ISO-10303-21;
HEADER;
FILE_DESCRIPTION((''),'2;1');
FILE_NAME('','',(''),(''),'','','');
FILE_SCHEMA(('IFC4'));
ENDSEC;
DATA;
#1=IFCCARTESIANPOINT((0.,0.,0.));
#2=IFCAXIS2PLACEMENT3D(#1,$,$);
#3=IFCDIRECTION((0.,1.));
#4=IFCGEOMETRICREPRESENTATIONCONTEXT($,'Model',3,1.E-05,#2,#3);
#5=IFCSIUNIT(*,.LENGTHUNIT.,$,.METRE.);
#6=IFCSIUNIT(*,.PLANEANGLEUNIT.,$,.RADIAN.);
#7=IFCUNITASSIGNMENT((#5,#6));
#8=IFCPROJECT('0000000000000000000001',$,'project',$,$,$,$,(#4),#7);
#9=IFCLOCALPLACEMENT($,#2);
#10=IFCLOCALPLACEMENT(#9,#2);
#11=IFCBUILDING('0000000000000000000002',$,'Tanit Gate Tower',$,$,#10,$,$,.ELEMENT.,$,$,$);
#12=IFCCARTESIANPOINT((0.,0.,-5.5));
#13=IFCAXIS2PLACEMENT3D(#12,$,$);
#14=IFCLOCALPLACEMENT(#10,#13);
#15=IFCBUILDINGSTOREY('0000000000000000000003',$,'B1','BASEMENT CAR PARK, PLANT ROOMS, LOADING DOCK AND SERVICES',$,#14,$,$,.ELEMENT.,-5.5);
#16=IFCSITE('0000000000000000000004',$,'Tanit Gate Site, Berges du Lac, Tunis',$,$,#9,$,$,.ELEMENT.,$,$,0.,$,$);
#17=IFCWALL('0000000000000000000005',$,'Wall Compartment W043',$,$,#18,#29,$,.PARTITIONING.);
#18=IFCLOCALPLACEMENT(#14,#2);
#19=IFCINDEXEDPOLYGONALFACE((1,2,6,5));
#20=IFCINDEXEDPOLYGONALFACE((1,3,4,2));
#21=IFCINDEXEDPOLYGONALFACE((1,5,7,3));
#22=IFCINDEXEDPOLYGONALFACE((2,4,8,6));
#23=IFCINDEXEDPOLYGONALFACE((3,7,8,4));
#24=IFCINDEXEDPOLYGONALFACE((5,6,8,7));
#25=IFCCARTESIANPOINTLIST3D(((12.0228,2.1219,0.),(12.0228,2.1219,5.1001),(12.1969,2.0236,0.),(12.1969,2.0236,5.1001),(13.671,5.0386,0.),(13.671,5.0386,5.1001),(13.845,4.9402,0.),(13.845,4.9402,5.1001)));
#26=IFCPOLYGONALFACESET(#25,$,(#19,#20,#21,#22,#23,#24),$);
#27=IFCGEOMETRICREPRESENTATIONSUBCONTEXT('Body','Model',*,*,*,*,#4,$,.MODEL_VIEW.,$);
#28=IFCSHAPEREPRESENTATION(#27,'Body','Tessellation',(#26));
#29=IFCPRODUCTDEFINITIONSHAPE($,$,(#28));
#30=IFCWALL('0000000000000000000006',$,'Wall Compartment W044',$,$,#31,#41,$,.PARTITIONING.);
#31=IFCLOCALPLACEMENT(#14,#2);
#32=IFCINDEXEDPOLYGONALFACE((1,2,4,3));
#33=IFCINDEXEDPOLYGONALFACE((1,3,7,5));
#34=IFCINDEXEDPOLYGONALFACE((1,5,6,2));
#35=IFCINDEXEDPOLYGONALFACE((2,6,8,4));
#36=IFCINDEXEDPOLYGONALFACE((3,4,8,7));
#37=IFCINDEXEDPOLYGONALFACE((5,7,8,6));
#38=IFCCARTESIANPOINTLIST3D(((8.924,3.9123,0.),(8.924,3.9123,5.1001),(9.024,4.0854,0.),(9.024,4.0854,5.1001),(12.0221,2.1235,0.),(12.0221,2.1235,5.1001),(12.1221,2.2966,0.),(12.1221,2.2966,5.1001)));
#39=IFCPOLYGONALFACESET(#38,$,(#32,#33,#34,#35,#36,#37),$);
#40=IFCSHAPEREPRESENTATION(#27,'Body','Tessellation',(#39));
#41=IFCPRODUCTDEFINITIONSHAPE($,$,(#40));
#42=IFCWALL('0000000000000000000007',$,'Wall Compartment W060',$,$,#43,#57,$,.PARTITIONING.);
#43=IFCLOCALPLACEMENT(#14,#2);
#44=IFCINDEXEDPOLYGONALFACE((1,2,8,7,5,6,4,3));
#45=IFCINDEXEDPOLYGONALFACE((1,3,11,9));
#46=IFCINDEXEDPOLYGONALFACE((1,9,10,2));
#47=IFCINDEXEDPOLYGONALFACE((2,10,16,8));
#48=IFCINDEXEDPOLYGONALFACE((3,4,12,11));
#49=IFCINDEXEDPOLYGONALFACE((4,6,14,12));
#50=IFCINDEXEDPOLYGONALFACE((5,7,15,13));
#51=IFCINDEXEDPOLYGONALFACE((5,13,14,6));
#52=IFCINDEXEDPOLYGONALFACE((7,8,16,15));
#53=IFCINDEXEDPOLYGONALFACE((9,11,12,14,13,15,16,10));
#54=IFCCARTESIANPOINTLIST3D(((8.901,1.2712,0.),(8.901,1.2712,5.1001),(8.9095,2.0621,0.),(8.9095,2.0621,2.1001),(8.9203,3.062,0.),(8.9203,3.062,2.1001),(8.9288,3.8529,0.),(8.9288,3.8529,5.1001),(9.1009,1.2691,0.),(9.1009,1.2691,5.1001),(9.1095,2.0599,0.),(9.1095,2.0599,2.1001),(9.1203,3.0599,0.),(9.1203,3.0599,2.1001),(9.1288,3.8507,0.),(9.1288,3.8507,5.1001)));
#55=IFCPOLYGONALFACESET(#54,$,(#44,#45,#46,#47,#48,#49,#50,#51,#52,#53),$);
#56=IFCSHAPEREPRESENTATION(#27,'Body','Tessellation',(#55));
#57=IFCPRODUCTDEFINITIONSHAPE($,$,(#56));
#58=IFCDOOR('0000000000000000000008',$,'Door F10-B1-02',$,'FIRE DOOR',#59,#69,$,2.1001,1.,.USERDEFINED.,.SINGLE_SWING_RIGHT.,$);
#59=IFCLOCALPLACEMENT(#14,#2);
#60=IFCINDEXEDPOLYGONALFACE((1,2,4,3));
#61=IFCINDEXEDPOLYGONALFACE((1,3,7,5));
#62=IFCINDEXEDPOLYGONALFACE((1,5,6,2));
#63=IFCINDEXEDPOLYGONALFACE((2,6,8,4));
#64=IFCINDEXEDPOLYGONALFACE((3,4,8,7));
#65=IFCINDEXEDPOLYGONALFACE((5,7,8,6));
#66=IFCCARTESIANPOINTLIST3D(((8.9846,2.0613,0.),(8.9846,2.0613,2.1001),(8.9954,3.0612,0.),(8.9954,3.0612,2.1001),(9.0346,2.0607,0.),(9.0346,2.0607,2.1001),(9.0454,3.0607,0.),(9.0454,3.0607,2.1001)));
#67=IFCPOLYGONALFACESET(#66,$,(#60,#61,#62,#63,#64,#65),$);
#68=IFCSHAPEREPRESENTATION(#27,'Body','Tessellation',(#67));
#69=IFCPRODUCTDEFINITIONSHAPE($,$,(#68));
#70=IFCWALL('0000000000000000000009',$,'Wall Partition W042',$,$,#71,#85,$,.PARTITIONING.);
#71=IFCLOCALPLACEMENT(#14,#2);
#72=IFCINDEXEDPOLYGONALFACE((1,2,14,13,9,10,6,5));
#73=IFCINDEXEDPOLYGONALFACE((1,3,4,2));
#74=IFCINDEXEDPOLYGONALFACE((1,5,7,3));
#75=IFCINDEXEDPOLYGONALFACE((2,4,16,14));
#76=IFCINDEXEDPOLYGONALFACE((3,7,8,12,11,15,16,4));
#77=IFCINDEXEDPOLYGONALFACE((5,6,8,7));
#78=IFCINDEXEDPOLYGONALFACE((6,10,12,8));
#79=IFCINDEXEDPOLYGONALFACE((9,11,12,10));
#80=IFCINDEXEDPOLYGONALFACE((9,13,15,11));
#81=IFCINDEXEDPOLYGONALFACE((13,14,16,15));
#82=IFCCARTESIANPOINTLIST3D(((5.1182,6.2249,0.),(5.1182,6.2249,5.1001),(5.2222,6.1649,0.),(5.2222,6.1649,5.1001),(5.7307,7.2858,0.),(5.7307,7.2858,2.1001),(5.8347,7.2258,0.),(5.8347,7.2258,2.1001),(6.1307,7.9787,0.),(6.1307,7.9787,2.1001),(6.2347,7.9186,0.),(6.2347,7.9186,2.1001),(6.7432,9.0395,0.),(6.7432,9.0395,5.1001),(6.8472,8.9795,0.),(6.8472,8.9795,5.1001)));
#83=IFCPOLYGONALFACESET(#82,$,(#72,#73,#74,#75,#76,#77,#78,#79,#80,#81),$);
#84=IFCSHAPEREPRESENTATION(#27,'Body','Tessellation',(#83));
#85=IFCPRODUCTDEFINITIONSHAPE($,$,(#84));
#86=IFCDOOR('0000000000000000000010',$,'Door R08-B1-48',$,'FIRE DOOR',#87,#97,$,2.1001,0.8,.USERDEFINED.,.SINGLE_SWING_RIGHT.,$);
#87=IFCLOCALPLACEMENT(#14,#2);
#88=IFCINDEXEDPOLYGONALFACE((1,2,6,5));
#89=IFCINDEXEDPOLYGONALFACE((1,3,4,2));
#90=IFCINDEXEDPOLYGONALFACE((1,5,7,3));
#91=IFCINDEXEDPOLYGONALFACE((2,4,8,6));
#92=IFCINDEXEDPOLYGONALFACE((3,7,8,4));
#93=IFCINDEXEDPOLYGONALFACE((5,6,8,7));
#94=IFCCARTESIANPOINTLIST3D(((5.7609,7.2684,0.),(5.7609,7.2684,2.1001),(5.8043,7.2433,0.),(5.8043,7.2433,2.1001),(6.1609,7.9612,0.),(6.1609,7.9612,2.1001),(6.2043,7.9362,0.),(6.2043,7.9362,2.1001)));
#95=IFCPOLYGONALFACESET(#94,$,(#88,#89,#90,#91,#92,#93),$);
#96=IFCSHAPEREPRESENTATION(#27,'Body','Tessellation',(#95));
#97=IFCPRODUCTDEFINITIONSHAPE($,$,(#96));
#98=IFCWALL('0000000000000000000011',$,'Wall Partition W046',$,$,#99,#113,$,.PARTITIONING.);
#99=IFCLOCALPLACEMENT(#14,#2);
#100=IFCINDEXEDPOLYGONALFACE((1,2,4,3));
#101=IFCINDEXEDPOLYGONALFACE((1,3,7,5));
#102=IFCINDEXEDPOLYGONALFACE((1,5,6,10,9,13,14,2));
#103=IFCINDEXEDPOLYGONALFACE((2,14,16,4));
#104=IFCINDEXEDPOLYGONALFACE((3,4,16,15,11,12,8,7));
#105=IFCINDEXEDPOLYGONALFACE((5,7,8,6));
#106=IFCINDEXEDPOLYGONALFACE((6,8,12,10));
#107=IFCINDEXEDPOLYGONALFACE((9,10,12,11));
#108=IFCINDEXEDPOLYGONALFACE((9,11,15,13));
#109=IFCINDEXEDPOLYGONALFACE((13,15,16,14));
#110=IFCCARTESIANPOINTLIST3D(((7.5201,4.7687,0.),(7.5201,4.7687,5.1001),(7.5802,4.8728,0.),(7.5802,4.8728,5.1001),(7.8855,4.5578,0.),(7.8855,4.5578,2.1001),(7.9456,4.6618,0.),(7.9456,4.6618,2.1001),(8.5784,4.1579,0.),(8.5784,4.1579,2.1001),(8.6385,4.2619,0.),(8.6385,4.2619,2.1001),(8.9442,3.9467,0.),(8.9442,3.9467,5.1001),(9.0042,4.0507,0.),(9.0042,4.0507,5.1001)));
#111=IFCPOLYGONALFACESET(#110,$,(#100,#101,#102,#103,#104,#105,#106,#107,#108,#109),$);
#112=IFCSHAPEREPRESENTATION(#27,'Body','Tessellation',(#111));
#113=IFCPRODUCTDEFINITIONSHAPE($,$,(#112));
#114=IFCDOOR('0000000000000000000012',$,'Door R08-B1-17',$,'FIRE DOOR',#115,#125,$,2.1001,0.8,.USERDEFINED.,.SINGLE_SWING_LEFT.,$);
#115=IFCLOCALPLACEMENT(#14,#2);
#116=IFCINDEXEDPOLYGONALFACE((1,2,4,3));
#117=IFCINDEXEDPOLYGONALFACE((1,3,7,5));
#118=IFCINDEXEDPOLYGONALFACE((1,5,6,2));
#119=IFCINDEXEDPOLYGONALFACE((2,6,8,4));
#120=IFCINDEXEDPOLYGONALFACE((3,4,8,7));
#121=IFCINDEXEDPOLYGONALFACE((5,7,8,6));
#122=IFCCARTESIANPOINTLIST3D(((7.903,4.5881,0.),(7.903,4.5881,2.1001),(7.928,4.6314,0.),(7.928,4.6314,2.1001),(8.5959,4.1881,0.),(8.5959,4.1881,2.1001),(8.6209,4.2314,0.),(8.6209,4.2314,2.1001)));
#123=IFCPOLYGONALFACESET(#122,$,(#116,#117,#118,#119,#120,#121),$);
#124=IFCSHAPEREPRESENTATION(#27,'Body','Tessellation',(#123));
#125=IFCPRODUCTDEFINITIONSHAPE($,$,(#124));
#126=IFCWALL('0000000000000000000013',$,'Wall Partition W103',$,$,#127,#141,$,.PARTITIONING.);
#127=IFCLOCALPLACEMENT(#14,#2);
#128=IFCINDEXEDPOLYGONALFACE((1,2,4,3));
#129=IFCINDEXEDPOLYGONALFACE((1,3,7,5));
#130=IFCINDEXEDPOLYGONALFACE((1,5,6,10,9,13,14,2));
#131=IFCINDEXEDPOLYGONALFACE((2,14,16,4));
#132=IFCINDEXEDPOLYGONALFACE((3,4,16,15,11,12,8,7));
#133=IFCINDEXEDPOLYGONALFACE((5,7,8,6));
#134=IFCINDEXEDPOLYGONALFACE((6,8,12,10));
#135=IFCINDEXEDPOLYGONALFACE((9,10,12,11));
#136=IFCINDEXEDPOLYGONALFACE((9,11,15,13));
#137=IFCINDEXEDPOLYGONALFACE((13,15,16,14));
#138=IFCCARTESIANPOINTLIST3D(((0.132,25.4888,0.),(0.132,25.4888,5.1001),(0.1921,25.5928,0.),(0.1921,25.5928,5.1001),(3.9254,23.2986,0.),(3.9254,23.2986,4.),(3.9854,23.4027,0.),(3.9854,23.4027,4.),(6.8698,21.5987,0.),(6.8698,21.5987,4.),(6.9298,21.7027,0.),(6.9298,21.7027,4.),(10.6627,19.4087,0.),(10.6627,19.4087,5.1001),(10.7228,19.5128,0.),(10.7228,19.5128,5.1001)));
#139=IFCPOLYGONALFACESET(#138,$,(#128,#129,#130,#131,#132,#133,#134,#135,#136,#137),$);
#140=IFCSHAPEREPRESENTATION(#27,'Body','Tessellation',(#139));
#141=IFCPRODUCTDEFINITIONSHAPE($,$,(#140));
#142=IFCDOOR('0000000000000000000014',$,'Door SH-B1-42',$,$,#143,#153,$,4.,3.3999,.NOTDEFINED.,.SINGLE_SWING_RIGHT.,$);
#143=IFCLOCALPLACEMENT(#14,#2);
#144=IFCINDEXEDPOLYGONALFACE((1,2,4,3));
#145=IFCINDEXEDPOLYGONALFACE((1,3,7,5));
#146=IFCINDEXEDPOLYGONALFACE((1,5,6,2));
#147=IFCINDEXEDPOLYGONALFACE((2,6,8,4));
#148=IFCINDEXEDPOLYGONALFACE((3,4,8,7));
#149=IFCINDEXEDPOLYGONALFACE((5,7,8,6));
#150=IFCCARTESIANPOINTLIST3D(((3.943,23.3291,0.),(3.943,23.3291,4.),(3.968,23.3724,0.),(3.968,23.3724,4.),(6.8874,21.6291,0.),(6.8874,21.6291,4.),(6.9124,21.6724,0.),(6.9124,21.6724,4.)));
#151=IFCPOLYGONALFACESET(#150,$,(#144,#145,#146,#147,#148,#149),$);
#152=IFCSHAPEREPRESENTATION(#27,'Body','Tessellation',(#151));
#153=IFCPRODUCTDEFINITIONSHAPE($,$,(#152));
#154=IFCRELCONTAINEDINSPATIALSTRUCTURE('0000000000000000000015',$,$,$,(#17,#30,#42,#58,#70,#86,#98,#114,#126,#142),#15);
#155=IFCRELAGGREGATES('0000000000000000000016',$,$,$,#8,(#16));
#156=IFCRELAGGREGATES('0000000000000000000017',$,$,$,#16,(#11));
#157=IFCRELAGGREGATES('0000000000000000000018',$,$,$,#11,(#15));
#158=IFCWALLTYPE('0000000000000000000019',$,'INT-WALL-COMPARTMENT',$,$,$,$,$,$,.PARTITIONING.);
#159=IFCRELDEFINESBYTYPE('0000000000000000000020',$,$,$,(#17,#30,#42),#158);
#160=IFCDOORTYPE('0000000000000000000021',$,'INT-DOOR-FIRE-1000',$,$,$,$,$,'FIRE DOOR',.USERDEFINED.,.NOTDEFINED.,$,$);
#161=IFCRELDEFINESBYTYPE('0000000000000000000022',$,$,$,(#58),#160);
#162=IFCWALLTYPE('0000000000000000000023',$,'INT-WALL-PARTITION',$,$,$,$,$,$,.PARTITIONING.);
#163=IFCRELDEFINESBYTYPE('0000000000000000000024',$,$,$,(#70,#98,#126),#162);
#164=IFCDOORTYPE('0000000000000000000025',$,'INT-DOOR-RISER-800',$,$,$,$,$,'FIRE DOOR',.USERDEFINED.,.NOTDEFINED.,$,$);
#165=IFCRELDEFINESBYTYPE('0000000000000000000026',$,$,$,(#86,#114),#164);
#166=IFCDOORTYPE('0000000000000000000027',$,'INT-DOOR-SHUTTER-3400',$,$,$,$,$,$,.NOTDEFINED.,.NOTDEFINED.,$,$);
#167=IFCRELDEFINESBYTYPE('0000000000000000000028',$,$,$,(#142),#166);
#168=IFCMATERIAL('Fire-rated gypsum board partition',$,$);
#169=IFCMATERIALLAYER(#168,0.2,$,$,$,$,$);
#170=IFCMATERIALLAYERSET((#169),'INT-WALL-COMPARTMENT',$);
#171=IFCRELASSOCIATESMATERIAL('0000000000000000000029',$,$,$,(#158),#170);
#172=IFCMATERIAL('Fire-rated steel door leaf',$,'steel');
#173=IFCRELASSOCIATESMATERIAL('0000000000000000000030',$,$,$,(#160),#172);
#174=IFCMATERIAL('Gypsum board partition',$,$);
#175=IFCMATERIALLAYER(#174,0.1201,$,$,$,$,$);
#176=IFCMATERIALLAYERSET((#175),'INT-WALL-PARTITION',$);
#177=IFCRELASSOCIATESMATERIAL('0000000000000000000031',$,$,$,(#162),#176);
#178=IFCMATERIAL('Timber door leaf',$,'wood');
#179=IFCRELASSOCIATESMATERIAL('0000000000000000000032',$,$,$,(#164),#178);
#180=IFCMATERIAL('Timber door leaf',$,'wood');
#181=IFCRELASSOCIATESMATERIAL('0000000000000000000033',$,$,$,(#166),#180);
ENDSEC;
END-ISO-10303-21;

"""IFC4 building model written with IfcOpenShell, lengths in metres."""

from ifc_helpers import new_model, si_unit, direction, frame, frame_2d, origin, place, context, subcontext, project, spatial, rectangle, extrude, material, layer, layer_set, type_object, element, fill, save


model = new_model("IFC4")

# Units and contexts
model_context = context("Model", 3, precision=1e-05, world=origin(), true_north=direction((0.0, 1.0)))
body_context = subcontext(model_context, "Body", "Model", "MODEL_VIEW")
ifc_project = project(units=[si_unit("LENGTHUNIT", "METRE"), si_unit("PLANEANGLEUNIT", "RADIAN")], contexts=[model_context])

# Site, building, storey
site_placement = place(None, origin())
site = spatial("IfcSite", under=ifc_project, at=site_placement, Name="Tanit Gate Site, Berges du Lac, Tunis", CompositionType="ELEMENT", RefElevation=0.0)
building_placement = place(site_placement, origin())
building = spatial("IfcBuilding", under=site, at=building_placement, Name="Tanit Gate Tower", CompositionType="ELEMENT")
storey_placement = place(building_placement, frame((0.0, 0.0, -5.5)))
storey = spatial("IfcBuildingStorey", under=building, at=storey_placement, Name="B1", Description="BASEMENT CAR PARK, PLANT ROOMS, LOADING DOCK AND SERVICES", CompositionType="ELEMENT", Elevation=-5.5)

# Walls
ifc_material_1 = material(Name="Fire-rated gypsum board partition")
ifc_layer_1 = layer(ifc_material_1, 0.2)
ifc_layer_set_1 = layer_set([ifc_layer_1], Name="INT-WALL-COMPARTMENT")
wall_type_1 = type_object("IfcWallType", Name="INT-WALL-COMPARTMENT", PredefinedType="PARTITIONING", material=ifc_layer_set_1)
wall_1_placement = place(storey_placement, frame((12.1099, 2.0728, 0.0), z_axis=(0.0, 0.0, 1.0), x_axis=(0.491966, 0.870614, 0.0)))
element("IfcWall", 1, at=wall_1_placement, inside=storey, type_object=wall_type_1, Name="Wall Compartment W043", PredefinedType="PARTITIONING", context=body_context, shape_type="SweptSolid", body=[
    extrude(rectangle(XDim=3.3501, YDim=0.2, at=frame_2d((1.675, 0.0))), origin(), (0.0, 0.0, 1.0), 5.1001),
])
wall_2_placement = place(storey_placement, frame((8.9741, 3.9988, 0.0), z_axis=(0.0, 0.0, 1.0), x_axis=(0.866013, -0.500022, 0.0)))
element("IfcWall", 2, at=wall_2_placement, inside=storey, type_object=wall_type_1, Name="Wall Compartment W044", PredefinedType="PARTITIONING", context=body_context, shape_type="SweptSolid", body=[
    extrude(rectangle(XDim=3.5774, YDim=0.2, at=frame_2d((1.7886, 0.0))), origin(), (0.0, 0.0, 1.0), 5.1001),
])

# Walls, openings, doors
wall_3_placement = place(storey_placement, frame((9.001, 1.27, 0.0), z_axis=(0.0, 0.0, 1.0), x_axis=(0.010781, 0.999942, 0.0)))
wall_3 = element("IfcWall", 3, at=wall_3_placement, inside=storey, type_object=wall_type_1, Name="Wall Compartment W060", PredefinedType="PARTITIONING", context=body_context, shape_type="SweptSolid", body=[
    extrude(rectangle(XDim=2.5818, YDim=0.2, at=frame_2d((1.291, 0.0))), origin(), (0.0, 0.0, 1.0), 5.1001),
])
opening_1_placement = place(wall_3_placement, frame((0.791, 0.0, 0.0)))
opening_1 = element("IfcOpeningElement", 4, at=opening_1_placement, cuts=wall_3, PredefinedType="OPENING", context=body_context, shape_type="SweptSolid", body=[
    extrude(rectangle(XDim=1.0, YDim=2.1001, at=frame_2d((0.5, 1.05))), frame((0.0, 0.1099, 0.0), z_axis=(0.0, -1.0, 0.0), x_axis=(1.0, 0.0, 0.0)), (0.0, 0.0, 1.0), 0.22),
])
ifc_material_2 = material(Name="Fire-rated steel door leaf", Category="steel")
door_type_1 = type_object("IfcDoorType", Name="INT-DOOR-FIRE-1000", ElementType="FIRE DOOR", OperationType="NOTDEFINED", PredefinedType="USERDEFINED", material=ifc_material_2)
door_1_placement = place(opening_1_placement, origin())
door_1 = element("IfcDoor", 5, at=door_1_placement, inside=storey, type_object=door_type_1, Name="Door F10-B1-02", ObjectType="FIRE DOOR", OperationType="SINGLE_SWING_RIGHT", OverallHeight=2.1001, OverallWidth=1.0, PredefinedType="USERDEFINED", context=body_context, shape_type="SweptSolid", body=[
    extrude(rectangle(XDim=1.0, YDim=2.1001, at=frame_2d((0.5, 1.05))), frame((0.0, 0.0249, 0.0), z_axis=(0.0, -1.0, 0.0), x_axis=(1.0, 0.0, 0.0)), (0.0, 0.0, 1.0), 0.05),
])
fill(opening_1, door_1)
ifc_material_3 = material(Name="Gypsum board partition")
ifc_layer_2 = layer(ifc_material_3, 0.1201)
ifc_layer_set_2 = layer_set([ifc_layer_2], Name="INT-WALL-PARTITION")
wall_type_2 = type_object("IfcWallType", Name="INT-WALL-PARTITION", PredefinedType="PARTITIONING", material=ifc_layer_set_2)
wall_4_placement = place(storey_placement, frame((6.7952, 9.0095, 0.0), z_axis=(0.0, 0.0, 1.0), x_axis=(-0.499985, -0.866034, 0.0)))
wall_4 = element("IfcWall", 6, at=wall_4_placement, inside=storey, type_object=wall_type_2, Name="Wall Partition W042", PredefinedType="PARTITIONING", context=body_context, shape_type="SweptSolid", body=[
    extrude(rectangle(XDim=3.25, YDim=0.1201, at=frame_2d((1.625, 0.0))), origin(), (0.0, 0.0, 1.0), 5.1001),
])
opening_2_placement = place(wall_4_placement, frame((1.2251, 0.0, 0.0)))
opening_2 = element("IfcOpeningElement", 7, at=opening_2_placement, cuts=wall_4, PredefinedType="OPENING", context=body_context, shape_type="SweptSolid", body=[
    extrude(rectangle(XDim=0.8, YDim=2.1001, at=frame_2d((0.3999, 1.05))), frame((0.0, 0.0701, 0.0), z_axis=(0.0, -1.0, 0.0), x_axis=(1.0, 0.0, 0.0)), (0.0, 0.0, 1.0), 0.1401),
])
ifc_material_4 = material(Name="Timber door leaf", Category="wood")
door_type_2 = type_object("IfcDoorType", Name="INT-DOOR-RISER-800", ElementType="FIRE DOOR", OperationType="NOTDEFINED", PredefinedType="USERDEFINED", material=ifc_material_4)
door_2_placement = place(opening_2_placement, origin())
door_2 = element("IfcDoor", 8, at=door_2_placement, inside=storey, type_object=door_type_2, Name="Door R08-B1-48", ObjectType="FIRE DOOR", OperationType="SINGLE_SWING_RIGHT", OverallHeight=2.1001, OverallWidth=0.8, PredefinedType="USERDEFINED", context=body_context, shape_type="SweptSolid", body=[
    extrude(rectangle(XDim=0.8, YDim=2.1001, at=frame_2d((0.3999, 1.05))), frame((0.0, 0.0249, 0.0), z_axis=(0.0, -1.0, 0.0), x_axis=(1.0, 0.0, 0.0)), (0.0, 0.0, 1.0), 0.05),
])
fill(opening_2, door_2)
wall_5_placement = place(storey_placement, frame((7.55, 4.8208, 0.0), z_axis=(0.0, 0.0, 1.0), x_axis=(0.866069, -0.499924, 0.0)))
wall_5 = element("IfcWall", 9, at=wall_5_placement, inside=storey, type_object=wall_type_2, Name="Wall Partition W046", PredefinedType="PARTITIONING", context=body_context, shape_type="SweptSolid", body=[
    extrude(rectangle(XDim=1.6443, YDim=0.1201, at=frame_2d((0.8223, 0.0))), origin(), (0.0, 0.0, 1.0), 5.1001),
])
opening_3_placement = place(wall_5_placement, frame((0.4221, 0.0, 0.0)))
opening_3 = element("IfcOpeningElement", 10, at=opening_3_placement, cuts=wall_5, PredefinedType="OPENING", context=body_context, shape_type="SweptSolid", body=[
    extrude(rectangle(XDim=0.8, YDim=2.1001, at=frame_2d((0.3999, 1.05))), frame((0.0, 0.0701, 0.0), z_axis=(0.0, -1.0, 0.0), x_axis=(1.0, 0.0, 0.0)), (0.0, 0.0, 1.0), 0.1401),
])
door_3_placement = place(opening_3_placement, origin())
door_3 = element("IfcDoor", 11, at=door_3_placement, inside=storey, type_object=door_type_2, Name="Door R08-B1-17", ObjectType="FIRE DOOR", OperationType="SINGLE_SWING_LEFT", OverallHeight=2.1001, OverallWidth=0.8, PredefinedType="USERDEFINED", context=body_context, shape_type="SweptSolid", body=[
    extrude(rectangle(XDim=0.8, YDim=2.1001, at=frame_2d((0.3999, 1.05))), frame((0.0, 0.0249, 0.0), z_axis=(0.0, -1.0, 0.0), x_axis=(1.0, 0.0, 0.0)), (0.0, 0.0, 1.0), 0.05),
])
fill(opening_3, door_3)
wall_6_placement = place(storey_placement, frame((10.6929, 19.4607, 0.0), z_axis=(0.0, 0.0, 1.0), x_axis=(-0.86602, 0.500009, 0.0)))
wall_6 = element("IfcWall", 12, at=wall_6_placement, inside=storey, type_object=wall_type_2, Name="Wall Partition W103", PredefinedType="PARTITIONING", context=body_context, shape_type="SweptSolid", body=[
    extrude(rectangle(XDim=12.1599, YDim=0.1201, at=frame_2d((6.0801, 0.0))), origin(), (0.0, 0.0, 1.0), 5.1001),
])
opening_4_placement = place(wall_6_placement, frame((4.3799, 0.0, 0.0)))
opening_4 = element("IfcOpeningElement", 13, at=opening_4_placement, cuts=wall_6, PredefinedType="OPENING", context=body_context, shape_type="SweptSolid", body=[
    extrude(rectangle(XDim=3.3999, YDim=4.0, at=frame_2d((1.7, 2.0))), frame((0.0, 0.0701, 0.0), z_axis=(0.0, -1.0, 0.0), x_axis=(1.0, 0.0, 0.0)), (0.0, 0.0, 1.0), 0.1401),
])
ifc_material_5 = material(Name="Timber door leaf", Category="wood")
door_type_3 = type_object("IfcDoorType", Name="INT-DOOR-SHUTTER-3400", OperationType="NOTDEFINED", PredefinedType="NOTDEFINED", material=ifc_material_5)
door_4_placement = place(opening_4_placement, origin())
door_4 = element("IfcDoor", 14, at=door_4_placement, inside=storey, type_object=door_type_3, Name="Door SH-B1-42", OperationType="SINGLE_SWING_RIGHT", OverallHeight=4.0, OverallWidth=3.3999, PredefinedType="NOTDEFINED", context=body_context, shape_type="SweptSolid", body=[
    extrude(rectangle(XDim=3.3999, YDim=4.0, at=frame_2d((1.7, 2.0))), frame((0.0, 0.0249, 0.0), z_axis=(0.0, -1.0, 0.0), x_axis=(1.0, 0.0, 0.0)), (0.0, 0.0, 1.0), 0.05),
])
fill(opening_4, door_4)

save(model, "model.ifc")
